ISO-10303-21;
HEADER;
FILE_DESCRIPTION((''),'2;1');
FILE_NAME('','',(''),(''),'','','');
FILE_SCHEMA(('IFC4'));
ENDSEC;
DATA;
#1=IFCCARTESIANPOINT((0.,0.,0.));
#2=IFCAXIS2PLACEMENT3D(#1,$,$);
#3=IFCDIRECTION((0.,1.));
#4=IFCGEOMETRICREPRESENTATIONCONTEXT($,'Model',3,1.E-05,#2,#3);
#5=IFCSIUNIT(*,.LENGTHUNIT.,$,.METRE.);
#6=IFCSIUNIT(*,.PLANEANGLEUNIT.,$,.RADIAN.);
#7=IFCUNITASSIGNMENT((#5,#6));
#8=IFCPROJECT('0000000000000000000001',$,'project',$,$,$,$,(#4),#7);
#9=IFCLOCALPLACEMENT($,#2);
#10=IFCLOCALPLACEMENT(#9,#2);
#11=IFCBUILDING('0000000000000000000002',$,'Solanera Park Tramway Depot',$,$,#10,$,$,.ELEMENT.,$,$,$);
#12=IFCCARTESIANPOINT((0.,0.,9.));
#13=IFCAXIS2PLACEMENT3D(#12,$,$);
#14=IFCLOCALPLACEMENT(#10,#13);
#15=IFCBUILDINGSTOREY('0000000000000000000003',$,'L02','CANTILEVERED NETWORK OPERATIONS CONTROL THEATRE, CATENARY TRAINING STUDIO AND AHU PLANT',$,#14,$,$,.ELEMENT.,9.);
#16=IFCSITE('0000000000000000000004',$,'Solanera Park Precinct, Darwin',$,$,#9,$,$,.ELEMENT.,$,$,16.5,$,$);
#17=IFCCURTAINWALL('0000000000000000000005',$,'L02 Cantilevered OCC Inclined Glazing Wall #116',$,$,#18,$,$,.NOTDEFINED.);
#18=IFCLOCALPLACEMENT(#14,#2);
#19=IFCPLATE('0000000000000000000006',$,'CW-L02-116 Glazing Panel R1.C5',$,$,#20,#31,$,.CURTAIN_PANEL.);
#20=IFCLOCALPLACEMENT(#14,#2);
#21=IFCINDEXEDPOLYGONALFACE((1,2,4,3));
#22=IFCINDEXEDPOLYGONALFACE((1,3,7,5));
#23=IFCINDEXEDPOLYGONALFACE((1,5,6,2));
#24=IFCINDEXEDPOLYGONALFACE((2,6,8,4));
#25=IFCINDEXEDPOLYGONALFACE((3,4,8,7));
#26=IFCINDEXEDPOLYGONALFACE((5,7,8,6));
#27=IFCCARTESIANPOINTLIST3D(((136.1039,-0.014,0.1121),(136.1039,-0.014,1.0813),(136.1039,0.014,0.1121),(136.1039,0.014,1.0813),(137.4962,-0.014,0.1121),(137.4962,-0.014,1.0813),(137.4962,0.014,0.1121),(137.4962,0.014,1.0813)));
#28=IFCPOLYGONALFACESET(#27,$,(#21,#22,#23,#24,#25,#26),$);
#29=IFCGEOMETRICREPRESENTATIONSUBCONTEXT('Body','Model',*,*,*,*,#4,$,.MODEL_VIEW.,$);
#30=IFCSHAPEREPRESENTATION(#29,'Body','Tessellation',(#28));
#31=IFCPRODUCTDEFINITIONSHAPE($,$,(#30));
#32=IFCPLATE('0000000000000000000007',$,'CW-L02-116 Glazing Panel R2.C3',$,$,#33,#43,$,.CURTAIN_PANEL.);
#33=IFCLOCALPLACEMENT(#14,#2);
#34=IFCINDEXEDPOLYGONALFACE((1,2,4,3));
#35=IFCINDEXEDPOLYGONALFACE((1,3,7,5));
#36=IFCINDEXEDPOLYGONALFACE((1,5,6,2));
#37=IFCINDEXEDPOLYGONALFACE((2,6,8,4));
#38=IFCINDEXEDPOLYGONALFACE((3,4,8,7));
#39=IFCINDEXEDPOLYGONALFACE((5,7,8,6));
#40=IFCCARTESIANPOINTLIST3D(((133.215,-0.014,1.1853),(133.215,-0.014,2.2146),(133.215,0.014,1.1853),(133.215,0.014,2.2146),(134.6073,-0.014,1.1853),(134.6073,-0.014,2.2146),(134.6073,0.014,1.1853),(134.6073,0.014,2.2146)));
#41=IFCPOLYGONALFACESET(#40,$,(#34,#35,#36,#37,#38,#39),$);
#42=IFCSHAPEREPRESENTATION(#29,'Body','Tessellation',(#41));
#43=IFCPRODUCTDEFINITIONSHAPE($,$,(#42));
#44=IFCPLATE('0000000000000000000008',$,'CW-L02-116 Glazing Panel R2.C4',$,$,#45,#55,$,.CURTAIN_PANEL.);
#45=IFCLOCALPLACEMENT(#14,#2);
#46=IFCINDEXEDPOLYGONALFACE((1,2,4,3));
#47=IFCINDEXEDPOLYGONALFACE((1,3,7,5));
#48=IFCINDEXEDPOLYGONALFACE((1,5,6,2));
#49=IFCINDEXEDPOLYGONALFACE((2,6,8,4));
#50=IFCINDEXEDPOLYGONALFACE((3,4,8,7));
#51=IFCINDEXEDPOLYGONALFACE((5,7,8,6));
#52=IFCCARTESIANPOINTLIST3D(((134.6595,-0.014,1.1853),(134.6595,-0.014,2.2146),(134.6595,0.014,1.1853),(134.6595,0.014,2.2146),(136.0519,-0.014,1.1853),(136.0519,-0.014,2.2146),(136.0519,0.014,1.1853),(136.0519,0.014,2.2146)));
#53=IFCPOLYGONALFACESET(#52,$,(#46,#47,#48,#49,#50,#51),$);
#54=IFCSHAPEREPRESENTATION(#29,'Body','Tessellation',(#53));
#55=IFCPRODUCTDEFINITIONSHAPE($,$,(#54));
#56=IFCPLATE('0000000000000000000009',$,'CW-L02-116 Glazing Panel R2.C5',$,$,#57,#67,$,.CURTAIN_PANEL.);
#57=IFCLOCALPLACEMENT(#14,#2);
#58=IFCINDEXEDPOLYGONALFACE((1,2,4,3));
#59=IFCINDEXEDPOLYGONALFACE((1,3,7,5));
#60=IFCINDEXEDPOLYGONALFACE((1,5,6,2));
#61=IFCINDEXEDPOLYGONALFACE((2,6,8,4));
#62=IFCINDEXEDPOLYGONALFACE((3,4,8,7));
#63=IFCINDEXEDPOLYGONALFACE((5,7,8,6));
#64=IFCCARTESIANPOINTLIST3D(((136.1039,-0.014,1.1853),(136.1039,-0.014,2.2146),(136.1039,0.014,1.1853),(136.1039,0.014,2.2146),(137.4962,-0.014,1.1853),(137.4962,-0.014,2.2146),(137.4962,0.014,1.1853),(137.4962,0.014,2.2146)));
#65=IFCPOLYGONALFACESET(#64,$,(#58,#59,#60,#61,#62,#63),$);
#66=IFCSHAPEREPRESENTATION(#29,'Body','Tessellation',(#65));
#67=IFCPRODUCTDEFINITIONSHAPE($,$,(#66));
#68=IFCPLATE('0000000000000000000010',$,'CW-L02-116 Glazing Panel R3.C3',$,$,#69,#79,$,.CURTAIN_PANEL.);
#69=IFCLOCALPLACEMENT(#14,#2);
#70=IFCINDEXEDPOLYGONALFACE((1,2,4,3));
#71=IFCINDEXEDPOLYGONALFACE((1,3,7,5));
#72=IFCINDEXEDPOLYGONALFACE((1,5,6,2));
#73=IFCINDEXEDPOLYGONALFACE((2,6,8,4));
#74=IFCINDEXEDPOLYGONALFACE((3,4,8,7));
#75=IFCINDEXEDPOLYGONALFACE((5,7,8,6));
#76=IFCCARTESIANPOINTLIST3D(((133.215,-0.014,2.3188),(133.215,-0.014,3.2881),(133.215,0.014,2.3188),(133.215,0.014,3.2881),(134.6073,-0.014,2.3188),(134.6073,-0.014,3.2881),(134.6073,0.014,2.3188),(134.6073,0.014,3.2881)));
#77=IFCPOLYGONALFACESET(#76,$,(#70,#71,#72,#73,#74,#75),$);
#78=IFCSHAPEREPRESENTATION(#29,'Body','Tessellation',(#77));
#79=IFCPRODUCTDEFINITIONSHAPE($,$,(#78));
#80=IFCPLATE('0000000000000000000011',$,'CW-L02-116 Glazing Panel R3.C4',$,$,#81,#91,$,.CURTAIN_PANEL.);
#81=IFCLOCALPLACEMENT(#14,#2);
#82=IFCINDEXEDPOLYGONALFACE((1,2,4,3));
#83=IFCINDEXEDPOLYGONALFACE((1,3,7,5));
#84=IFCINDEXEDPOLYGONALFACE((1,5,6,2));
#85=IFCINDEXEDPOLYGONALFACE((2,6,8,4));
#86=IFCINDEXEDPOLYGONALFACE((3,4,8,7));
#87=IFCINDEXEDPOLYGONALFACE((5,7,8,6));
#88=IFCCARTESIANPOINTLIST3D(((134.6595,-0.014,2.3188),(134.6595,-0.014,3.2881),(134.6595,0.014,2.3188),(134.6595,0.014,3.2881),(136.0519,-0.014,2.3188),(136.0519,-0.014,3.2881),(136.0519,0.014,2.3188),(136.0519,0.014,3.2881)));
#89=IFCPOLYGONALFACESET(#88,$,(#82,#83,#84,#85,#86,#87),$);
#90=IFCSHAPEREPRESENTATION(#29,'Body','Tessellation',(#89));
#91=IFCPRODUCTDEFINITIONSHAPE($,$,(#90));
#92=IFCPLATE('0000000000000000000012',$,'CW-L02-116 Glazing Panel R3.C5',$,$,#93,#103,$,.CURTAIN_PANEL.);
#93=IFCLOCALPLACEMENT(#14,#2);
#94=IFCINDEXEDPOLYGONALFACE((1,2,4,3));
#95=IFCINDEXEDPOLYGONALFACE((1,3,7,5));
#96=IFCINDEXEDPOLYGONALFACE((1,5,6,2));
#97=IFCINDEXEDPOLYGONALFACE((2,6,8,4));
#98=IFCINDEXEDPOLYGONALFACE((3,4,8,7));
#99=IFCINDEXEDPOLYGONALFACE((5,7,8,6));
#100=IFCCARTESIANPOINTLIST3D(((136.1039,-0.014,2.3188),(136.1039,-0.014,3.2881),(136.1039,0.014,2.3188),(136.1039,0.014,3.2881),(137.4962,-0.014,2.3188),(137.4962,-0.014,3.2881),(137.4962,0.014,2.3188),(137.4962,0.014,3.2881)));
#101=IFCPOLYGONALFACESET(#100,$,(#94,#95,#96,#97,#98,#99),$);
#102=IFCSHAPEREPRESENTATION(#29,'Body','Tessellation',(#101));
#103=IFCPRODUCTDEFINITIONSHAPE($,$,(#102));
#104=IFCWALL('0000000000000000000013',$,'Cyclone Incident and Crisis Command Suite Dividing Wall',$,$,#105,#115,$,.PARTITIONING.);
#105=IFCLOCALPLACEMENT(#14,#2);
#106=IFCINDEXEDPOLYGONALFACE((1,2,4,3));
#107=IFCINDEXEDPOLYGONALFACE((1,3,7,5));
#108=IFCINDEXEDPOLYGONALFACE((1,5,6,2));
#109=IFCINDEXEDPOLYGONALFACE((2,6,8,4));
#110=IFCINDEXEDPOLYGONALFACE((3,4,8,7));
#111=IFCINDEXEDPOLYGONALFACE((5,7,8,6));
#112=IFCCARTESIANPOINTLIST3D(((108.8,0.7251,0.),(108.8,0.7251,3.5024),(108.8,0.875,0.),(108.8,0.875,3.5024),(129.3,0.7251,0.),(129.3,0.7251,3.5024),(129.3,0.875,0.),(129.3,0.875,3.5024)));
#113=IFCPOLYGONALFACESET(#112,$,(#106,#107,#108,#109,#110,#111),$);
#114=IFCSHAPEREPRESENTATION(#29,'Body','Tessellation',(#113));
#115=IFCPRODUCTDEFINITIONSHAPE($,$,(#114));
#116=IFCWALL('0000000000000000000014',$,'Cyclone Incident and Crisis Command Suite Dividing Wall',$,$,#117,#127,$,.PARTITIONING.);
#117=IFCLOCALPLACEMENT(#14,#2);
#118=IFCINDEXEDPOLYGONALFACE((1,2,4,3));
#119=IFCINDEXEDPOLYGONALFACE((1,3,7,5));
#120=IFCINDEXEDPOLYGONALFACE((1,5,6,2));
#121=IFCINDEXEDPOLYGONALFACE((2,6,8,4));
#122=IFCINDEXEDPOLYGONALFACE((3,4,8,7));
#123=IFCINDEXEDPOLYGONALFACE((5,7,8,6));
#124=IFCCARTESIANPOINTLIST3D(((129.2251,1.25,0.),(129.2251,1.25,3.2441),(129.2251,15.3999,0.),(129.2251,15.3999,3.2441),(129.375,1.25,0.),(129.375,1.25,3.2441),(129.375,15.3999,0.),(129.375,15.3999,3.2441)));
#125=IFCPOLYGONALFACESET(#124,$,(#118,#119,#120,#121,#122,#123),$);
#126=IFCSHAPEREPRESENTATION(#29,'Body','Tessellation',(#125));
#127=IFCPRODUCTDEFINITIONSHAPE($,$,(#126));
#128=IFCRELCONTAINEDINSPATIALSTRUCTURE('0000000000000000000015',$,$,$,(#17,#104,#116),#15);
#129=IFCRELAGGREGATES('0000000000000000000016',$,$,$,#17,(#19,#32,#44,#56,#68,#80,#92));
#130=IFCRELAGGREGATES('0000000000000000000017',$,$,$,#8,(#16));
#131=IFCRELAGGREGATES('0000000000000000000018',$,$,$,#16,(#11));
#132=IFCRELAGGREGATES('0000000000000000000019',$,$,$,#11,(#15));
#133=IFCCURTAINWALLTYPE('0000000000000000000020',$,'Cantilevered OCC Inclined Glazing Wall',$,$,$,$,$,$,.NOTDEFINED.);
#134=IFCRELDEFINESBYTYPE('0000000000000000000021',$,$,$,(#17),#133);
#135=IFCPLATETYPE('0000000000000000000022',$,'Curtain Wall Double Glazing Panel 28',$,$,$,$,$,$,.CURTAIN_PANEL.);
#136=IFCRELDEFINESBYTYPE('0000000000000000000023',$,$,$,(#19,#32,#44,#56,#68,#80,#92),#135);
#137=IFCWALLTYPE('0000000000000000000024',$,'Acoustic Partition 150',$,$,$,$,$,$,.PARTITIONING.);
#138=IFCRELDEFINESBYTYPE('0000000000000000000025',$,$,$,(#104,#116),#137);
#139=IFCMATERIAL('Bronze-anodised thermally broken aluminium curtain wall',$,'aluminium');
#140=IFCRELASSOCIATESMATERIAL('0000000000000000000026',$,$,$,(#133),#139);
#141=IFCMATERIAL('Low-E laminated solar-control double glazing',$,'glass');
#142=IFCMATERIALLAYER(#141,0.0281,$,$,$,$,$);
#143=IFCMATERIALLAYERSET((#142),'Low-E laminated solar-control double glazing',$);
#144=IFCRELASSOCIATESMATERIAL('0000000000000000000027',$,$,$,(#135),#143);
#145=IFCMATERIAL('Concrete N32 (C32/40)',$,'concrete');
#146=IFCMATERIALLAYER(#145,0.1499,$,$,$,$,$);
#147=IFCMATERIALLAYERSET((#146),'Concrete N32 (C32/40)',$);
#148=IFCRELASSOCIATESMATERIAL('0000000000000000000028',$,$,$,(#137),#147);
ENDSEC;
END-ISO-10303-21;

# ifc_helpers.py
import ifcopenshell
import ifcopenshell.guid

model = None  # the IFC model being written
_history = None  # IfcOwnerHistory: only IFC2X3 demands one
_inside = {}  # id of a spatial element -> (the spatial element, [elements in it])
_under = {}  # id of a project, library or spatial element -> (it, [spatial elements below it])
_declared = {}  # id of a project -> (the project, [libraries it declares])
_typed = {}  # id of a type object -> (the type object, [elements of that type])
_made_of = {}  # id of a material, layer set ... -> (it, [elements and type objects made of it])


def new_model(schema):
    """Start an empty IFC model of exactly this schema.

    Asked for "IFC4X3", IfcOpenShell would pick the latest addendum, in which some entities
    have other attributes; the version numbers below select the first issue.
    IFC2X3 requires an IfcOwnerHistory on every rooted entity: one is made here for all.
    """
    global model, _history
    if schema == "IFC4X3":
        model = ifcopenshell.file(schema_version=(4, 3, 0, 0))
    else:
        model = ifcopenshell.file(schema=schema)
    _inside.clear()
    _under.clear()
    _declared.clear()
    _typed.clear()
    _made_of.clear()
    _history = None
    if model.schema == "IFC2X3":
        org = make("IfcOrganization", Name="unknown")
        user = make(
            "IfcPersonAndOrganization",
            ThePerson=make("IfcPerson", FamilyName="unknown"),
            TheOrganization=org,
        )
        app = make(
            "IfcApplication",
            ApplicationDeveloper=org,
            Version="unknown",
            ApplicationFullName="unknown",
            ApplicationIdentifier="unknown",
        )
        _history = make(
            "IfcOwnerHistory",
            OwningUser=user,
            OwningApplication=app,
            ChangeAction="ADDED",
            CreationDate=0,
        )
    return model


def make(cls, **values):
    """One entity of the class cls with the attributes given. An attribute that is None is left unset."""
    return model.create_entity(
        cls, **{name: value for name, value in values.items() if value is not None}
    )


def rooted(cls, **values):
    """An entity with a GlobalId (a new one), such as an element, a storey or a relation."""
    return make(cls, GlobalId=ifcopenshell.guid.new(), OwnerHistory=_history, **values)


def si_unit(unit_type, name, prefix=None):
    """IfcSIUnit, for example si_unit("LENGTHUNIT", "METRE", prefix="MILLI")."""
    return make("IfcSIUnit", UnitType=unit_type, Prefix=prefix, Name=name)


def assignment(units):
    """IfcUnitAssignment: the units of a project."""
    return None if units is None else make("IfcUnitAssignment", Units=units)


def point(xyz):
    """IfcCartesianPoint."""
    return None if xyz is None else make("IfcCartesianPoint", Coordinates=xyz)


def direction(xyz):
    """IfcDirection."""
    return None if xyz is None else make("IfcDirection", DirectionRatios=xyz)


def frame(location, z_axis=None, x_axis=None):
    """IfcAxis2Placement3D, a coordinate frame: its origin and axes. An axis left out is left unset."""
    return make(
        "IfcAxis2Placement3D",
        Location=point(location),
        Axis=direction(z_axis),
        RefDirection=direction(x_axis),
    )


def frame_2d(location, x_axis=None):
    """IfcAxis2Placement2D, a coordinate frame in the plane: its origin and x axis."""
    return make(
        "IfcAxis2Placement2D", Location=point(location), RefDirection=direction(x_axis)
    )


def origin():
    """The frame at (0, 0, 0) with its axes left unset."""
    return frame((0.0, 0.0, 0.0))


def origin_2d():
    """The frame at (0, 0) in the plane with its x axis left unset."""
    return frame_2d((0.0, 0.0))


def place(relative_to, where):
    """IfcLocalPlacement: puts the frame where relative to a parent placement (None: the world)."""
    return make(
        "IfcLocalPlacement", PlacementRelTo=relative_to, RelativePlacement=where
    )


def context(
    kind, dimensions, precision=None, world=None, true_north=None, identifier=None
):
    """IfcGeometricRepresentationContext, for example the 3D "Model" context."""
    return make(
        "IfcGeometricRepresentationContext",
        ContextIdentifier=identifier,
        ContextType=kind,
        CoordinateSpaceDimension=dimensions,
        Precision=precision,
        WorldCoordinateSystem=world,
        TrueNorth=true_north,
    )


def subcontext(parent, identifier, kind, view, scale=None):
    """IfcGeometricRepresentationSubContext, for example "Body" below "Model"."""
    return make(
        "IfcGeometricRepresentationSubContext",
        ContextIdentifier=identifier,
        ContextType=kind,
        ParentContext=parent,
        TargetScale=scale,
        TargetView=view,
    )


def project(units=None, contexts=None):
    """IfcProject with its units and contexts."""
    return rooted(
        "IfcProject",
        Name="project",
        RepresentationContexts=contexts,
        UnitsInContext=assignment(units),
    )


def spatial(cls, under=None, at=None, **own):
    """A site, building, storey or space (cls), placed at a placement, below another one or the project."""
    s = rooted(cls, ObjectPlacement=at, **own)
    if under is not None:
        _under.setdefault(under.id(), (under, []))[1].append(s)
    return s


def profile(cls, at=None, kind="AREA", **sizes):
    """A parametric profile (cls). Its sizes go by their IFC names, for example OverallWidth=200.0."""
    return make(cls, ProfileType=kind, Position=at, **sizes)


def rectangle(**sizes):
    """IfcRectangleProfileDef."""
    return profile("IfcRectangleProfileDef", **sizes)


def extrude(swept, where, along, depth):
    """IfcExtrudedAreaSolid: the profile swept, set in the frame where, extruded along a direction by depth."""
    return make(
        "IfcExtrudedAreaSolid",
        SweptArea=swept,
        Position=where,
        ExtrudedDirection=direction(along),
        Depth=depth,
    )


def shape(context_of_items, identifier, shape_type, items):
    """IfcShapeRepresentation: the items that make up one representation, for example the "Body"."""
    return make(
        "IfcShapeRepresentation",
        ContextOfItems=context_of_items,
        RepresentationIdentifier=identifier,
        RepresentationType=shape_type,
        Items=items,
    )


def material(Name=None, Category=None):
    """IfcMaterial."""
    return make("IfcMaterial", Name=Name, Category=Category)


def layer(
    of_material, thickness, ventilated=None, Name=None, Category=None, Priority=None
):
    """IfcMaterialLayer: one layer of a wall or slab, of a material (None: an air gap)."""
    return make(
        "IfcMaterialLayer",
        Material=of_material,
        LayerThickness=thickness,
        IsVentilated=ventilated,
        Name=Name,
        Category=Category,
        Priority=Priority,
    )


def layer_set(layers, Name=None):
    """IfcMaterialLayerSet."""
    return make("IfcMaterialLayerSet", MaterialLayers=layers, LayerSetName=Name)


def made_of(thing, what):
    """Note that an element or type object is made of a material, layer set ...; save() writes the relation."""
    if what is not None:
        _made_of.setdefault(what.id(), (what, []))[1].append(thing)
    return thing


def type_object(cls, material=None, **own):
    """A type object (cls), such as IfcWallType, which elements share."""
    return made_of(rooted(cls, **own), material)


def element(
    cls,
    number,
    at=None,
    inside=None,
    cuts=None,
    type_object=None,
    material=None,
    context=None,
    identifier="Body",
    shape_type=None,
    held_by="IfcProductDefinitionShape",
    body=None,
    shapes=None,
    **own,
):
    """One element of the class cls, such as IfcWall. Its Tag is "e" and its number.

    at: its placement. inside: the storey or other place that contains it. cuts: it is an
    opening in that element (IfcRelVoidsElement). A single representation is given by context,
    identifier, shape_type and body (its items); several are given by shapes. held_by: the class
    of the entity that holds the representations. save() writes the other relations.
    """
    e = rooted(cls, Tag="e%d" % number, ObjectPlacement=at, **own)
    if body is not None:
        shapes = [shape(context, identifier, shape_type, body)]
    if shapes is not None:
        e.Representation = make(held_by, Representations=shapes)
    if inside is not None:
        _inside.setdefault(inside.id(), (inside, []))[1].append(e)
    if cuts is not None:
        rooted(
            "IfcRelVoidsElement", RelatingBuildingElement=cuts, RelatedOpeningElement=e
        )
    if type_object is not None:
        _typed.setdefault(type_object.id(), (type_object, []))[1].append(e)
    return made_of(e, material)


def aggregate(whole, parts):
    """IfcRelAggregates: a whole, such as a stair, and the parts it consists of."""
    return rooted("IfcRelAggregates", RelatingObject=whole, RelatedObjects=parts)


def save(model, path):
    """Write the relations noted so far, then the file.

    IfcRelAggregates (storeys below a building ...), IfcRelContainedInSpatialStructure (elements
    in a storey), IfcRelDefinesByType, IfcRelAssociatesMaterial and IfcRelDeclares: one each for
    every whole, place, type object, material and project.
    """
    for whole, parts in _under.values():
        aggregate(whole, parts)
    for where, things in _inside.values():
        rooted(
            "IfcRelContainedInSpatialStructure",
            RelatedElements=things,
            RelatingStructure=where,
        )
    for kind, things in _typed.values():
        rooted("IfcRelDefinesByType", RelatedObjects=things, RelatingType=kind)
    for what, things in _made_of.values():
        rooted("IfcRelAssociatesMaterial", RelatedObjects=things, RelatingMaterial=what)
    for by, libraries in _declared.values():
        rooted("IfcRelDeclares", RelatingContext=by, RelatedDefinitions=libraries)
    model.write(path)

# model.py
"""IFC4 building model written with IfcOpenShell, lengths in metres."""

from ifc_helpers import new_model, si_unit, direction, frame, frame_2d, origin, origin_2d, place, context, subcontext, project, spatial, rectangle, extrude, material, layer, layer_set, type_object, element, aggregate, save


model = new_model("IFC4")

# Units and contexts
model_context = context("Model", 3, precision=1e-05, world=origin(), true_north=direction((0.0, 1.0)))
body_context = subcontext(model_context, "Body", "Model", "MODEL_VIEW")
ifc_project = project(units=[si_unit("LENGTHUNIT", "METRE"), si_unit("PLANEANGLEUNIT", "RADIAN")], contexts=[model_context])

# Site, building, storey
site_placement = place(None, origin())
site = spatial("IfcSite", under=ifc_project, at=site_placement, Name="Solanera Park Precinct, Darwin", CompositionType="ELEMENT", RefElevation=16.5)
building_placement = place(site_placement, origin())
building = spatial("IfcBuilding", under=site, at=building_placement, Name="Solanera Park Tramway Depot", CompositionType="ELEMENT")
storey_placement = place(building_placement, frame((0.0, 0.0, 9.0)))
storey = spatial("IfcBuildingStorey", under=building, at=storey_placement, Name="L02", Description="CANTILEVERED NETWORK OPERATIONS CONTROL THEATRE, CATENARY TRAINING STUDIO AND AHU PLANT", CompositionType="ELEMENT", Elevation=9.0)

# Curtain wall
ifc_material_1 = material(Name="Bronze-anodised thermally broken aluminium curtain wall", Category="aluminium")
curtain_wall_type = type_object("IfcCurtainWallType", Name="Cantilevered OCC Inclined Glazing Wall", PredefinedType="NOTDEFINED", material=ifc_material_1)
curtain_wall_placement = place(storey_placement, origin())
curtain_wall = element("IfcCurtainWall", 1, at=curtain_wall_placement, inside=storey, type_object=curtain_wall_type, Name="L02 Cantilevered OCC Inclined Glazing Wall #116", PredefinedType="NOTDEFINED")

# Plates
ifc_material_2 = material(Name="Low-E laminated solar-control double glazing", Category="glass")
ifc_layer_1 = layer(ifc_material_2, 0.0281)
ifc_layer_set_1 = layer_set([ifc_layer_1], Name="Low-E laminated solar-control double glazing")
plate_type = type_object("IfcPlateType", Name="Curtain Wall Double Glazing Panel 28", PredefinedType="CURTAIN_PANEL", material=ifc_layer_set_1)
plate_1_placement = place(storey_placement, frame((136.8, 0.0, 0.1121), z_axis=(0.0, 0.0, 1.0), x_axis=(1.0, 0.0, 0.0)))
plate_1 = element("IfcPlate", 2, at=plate_1_placement, type_object=plate_type, Name="CW-L02-116 Glazing Panel R1.C5", PredefinedType="CURTAIN_PANEL", context=body_context, shape_type="SweptSolid", body=[
    extrude(rectangle(XDim=1.3923, YDim=0.0281, at=origin_2d()), origin(), (0.0, 0.0, 1.0), 0.9692),
])
plate_2_placement = place(storey_placement, frame((133.9111, 0.0, 1.1853), z_axis=(0.0, 0.0, 1.0), x_axis=(1.0, 0.0, 0.0)))
plate_2 = element("IfcPlate", 3, at=plate_2_placement, type_object=plate_type, Name="CW-L02-116 Glazing Panel R2.C3", PredefinedType="CURTAIN_PANEL", context=body_context, shape_type="SweptSolid", body=[
    extrude(rectangle(XDim=1.3923, YDim=0.0281, at=origin_2d()), origin(), (0.0, 0.0, 1.0), 1.0293),
])
plate_3_placement = place(storey_placement, frame((135.3557, 0.0, 1.1853), z_axis=(0.0, 0.0, 1.0), x_axis=(1.0, 0.0, 0.0)))
plate_3 = element("IfcPlate", 4, at=plate_3_placement, type_object=plate_type, Name="CW-L02-116 Glazing Panel R2.C4", PredefinedType="CURTAIN_PANEL", context=body_context, shape_type="SweptSolid", body=[
    extrude(rectangle(XDim=1.3923, YDim=0.0281, at=origin_2d()), origin(), (0.0, 0.0, 1.0), 1.0293),
])
plate_4_placement = place(storey_placement, frame((136.8, 0.0, 1.1853), z_axis=(0.0, 0.0, 1.0), x_axis=(1.0, 0.0, 0.0)))
plate_4 = element("IfcPlate", 5, at=plate_4_placement, type_object=plate_type, Name="CW-L02-116 Glazing Panel R2.C5", PredefinedType="CURTAIN_PANEL", context=body_context, shape_type="SweptSolid", body=[
    extrude(rectangle(XDim=1.3923, YDim=0.0281, at=origin_2d()), origin(), (0.0, 0.0, 1.0), 1.0293),
])
plate_5_placement = place(storey_placement, frame((133.9111, 0.0, 2.3188), z_axis=(0.0, 0.0, 1.0), x_axis=(1.0, 0.0, 0.0)))
plate_5 = element("IfcPlate", 6, at=plate_5_placement, type_object=plate_type, Name="CW-L02-116 Glazing Panel R3.C3", PredefinedType="CURTAIN_PANEL", context=body_context, shape_type="SweptSolid", body=[
    extrude(rectangle(XDim=1.3923, YDim=0.0281, at=origin_2d()), origin(), (0.0, 0.0, 1.0), 0.9692),
])
plate_6_placement = place(storey_placement, frame((135.3557, 0.0, 2.3188), z_axis=(0.0, 0.0, 1.0), x_axis=(1.0, 0.0, 0.0)))
plate_6 = element("IfcPlate", 7, at=plate_6_placement, type_object=plate_type, Name="CW-L02-116 Glazing Panel R3.C4", PredefinedType="CURTAIN_PANEL", context=body_context, shape_type="SweptSolid", body=[
    extrude(rectangle(XDim=1.3923, YDim=0.0281, at=origin_2d()), origin(), (0.0, 0.0, 1.0), 0.9692),
])
plate_7_placement = place(storey_placement, frame((136.8, 0.0, 2.3188), z_axis=(0.0, 0.0, 1.0), x_axis=(1.0, 0.0, 0.0)))
plate_7 = element("IfcPlate", 8, at=plate_7_placement, type_object=plate_type, Name="CW-L02-116 Glazing Panel R3.C5", PredefinedType="CURTAIN_PANEL", context=body_context, shape_type="SweptSolid", body=[
    extrude(rectangle(XDim=1.3923, YDim=0.0281, at=origin_2d()), origin(), (0.0, 0.0, 1.0), 0.9692),
])
aggregate(curtain_wall, [plate_1, plate_2, plate_3, plate_4, plate_5, plate_6, plate_7])

# Walls
ifc_material_3 = material(Name="Concrete N32 (C32/40)", Category="concrete")
ifc_layer_2 = layer(ifc_material_3, 0.1499)
ifc_layer_set_2 = layer_set([ifc_layer_2], Name="Concrete N32 (C32/40)")
wall_type = type_object("IfcWallType", Name="Acoustic Partition 150", PredefinedType="PARTITIONING", material=ifc_layer_set_2)
wall_1_placement = place(storey_placement, frame((129.3, 0.8, 0.0), z_axis=(0.0, 0.0, 1.0), x_axis=(-1.0, 0.0, 0.0)))
element("IfcWall", 9, at=wall_1_placement, inside=storey, type_object=wall_type, Name="Cyclone Incident and Crisis Command Suite Dividing Wall", PredefinedType="PARTITIONING", context=body_context, shape_type="SweptSolid", body=[
    extrude(rectangle(XDim=20.5, YDim=0.1499, at=frame_2d((10.25, 0.0))), origin(), (0.0, 0.0, 1.0), 3.5024),
])
wall_2_placement = place(storey_placement, frame((129.3, 1.25, 0.0), z_axis=(0.0, 0.0, 1.0), x_axis=(0.0, 1.0, 0.0)))
element("IfcWall", 10, at=wall_2_placement, inside=storey, type_object=wall_type, Name="Cyclone Incident and Crisis Command Suite Dividing Wall", PredefinedType="PARTITIONING", context=body_context, shape_type="SweptSolid", body=[
    extrude(rectangle(XDim=14.1499, YDim=0.1499, at=frame_2d((7.075, 0.0))), origin(), (0.0, 0.0, 1.0), 3.2441),
])

save(model, "model.ifc")
